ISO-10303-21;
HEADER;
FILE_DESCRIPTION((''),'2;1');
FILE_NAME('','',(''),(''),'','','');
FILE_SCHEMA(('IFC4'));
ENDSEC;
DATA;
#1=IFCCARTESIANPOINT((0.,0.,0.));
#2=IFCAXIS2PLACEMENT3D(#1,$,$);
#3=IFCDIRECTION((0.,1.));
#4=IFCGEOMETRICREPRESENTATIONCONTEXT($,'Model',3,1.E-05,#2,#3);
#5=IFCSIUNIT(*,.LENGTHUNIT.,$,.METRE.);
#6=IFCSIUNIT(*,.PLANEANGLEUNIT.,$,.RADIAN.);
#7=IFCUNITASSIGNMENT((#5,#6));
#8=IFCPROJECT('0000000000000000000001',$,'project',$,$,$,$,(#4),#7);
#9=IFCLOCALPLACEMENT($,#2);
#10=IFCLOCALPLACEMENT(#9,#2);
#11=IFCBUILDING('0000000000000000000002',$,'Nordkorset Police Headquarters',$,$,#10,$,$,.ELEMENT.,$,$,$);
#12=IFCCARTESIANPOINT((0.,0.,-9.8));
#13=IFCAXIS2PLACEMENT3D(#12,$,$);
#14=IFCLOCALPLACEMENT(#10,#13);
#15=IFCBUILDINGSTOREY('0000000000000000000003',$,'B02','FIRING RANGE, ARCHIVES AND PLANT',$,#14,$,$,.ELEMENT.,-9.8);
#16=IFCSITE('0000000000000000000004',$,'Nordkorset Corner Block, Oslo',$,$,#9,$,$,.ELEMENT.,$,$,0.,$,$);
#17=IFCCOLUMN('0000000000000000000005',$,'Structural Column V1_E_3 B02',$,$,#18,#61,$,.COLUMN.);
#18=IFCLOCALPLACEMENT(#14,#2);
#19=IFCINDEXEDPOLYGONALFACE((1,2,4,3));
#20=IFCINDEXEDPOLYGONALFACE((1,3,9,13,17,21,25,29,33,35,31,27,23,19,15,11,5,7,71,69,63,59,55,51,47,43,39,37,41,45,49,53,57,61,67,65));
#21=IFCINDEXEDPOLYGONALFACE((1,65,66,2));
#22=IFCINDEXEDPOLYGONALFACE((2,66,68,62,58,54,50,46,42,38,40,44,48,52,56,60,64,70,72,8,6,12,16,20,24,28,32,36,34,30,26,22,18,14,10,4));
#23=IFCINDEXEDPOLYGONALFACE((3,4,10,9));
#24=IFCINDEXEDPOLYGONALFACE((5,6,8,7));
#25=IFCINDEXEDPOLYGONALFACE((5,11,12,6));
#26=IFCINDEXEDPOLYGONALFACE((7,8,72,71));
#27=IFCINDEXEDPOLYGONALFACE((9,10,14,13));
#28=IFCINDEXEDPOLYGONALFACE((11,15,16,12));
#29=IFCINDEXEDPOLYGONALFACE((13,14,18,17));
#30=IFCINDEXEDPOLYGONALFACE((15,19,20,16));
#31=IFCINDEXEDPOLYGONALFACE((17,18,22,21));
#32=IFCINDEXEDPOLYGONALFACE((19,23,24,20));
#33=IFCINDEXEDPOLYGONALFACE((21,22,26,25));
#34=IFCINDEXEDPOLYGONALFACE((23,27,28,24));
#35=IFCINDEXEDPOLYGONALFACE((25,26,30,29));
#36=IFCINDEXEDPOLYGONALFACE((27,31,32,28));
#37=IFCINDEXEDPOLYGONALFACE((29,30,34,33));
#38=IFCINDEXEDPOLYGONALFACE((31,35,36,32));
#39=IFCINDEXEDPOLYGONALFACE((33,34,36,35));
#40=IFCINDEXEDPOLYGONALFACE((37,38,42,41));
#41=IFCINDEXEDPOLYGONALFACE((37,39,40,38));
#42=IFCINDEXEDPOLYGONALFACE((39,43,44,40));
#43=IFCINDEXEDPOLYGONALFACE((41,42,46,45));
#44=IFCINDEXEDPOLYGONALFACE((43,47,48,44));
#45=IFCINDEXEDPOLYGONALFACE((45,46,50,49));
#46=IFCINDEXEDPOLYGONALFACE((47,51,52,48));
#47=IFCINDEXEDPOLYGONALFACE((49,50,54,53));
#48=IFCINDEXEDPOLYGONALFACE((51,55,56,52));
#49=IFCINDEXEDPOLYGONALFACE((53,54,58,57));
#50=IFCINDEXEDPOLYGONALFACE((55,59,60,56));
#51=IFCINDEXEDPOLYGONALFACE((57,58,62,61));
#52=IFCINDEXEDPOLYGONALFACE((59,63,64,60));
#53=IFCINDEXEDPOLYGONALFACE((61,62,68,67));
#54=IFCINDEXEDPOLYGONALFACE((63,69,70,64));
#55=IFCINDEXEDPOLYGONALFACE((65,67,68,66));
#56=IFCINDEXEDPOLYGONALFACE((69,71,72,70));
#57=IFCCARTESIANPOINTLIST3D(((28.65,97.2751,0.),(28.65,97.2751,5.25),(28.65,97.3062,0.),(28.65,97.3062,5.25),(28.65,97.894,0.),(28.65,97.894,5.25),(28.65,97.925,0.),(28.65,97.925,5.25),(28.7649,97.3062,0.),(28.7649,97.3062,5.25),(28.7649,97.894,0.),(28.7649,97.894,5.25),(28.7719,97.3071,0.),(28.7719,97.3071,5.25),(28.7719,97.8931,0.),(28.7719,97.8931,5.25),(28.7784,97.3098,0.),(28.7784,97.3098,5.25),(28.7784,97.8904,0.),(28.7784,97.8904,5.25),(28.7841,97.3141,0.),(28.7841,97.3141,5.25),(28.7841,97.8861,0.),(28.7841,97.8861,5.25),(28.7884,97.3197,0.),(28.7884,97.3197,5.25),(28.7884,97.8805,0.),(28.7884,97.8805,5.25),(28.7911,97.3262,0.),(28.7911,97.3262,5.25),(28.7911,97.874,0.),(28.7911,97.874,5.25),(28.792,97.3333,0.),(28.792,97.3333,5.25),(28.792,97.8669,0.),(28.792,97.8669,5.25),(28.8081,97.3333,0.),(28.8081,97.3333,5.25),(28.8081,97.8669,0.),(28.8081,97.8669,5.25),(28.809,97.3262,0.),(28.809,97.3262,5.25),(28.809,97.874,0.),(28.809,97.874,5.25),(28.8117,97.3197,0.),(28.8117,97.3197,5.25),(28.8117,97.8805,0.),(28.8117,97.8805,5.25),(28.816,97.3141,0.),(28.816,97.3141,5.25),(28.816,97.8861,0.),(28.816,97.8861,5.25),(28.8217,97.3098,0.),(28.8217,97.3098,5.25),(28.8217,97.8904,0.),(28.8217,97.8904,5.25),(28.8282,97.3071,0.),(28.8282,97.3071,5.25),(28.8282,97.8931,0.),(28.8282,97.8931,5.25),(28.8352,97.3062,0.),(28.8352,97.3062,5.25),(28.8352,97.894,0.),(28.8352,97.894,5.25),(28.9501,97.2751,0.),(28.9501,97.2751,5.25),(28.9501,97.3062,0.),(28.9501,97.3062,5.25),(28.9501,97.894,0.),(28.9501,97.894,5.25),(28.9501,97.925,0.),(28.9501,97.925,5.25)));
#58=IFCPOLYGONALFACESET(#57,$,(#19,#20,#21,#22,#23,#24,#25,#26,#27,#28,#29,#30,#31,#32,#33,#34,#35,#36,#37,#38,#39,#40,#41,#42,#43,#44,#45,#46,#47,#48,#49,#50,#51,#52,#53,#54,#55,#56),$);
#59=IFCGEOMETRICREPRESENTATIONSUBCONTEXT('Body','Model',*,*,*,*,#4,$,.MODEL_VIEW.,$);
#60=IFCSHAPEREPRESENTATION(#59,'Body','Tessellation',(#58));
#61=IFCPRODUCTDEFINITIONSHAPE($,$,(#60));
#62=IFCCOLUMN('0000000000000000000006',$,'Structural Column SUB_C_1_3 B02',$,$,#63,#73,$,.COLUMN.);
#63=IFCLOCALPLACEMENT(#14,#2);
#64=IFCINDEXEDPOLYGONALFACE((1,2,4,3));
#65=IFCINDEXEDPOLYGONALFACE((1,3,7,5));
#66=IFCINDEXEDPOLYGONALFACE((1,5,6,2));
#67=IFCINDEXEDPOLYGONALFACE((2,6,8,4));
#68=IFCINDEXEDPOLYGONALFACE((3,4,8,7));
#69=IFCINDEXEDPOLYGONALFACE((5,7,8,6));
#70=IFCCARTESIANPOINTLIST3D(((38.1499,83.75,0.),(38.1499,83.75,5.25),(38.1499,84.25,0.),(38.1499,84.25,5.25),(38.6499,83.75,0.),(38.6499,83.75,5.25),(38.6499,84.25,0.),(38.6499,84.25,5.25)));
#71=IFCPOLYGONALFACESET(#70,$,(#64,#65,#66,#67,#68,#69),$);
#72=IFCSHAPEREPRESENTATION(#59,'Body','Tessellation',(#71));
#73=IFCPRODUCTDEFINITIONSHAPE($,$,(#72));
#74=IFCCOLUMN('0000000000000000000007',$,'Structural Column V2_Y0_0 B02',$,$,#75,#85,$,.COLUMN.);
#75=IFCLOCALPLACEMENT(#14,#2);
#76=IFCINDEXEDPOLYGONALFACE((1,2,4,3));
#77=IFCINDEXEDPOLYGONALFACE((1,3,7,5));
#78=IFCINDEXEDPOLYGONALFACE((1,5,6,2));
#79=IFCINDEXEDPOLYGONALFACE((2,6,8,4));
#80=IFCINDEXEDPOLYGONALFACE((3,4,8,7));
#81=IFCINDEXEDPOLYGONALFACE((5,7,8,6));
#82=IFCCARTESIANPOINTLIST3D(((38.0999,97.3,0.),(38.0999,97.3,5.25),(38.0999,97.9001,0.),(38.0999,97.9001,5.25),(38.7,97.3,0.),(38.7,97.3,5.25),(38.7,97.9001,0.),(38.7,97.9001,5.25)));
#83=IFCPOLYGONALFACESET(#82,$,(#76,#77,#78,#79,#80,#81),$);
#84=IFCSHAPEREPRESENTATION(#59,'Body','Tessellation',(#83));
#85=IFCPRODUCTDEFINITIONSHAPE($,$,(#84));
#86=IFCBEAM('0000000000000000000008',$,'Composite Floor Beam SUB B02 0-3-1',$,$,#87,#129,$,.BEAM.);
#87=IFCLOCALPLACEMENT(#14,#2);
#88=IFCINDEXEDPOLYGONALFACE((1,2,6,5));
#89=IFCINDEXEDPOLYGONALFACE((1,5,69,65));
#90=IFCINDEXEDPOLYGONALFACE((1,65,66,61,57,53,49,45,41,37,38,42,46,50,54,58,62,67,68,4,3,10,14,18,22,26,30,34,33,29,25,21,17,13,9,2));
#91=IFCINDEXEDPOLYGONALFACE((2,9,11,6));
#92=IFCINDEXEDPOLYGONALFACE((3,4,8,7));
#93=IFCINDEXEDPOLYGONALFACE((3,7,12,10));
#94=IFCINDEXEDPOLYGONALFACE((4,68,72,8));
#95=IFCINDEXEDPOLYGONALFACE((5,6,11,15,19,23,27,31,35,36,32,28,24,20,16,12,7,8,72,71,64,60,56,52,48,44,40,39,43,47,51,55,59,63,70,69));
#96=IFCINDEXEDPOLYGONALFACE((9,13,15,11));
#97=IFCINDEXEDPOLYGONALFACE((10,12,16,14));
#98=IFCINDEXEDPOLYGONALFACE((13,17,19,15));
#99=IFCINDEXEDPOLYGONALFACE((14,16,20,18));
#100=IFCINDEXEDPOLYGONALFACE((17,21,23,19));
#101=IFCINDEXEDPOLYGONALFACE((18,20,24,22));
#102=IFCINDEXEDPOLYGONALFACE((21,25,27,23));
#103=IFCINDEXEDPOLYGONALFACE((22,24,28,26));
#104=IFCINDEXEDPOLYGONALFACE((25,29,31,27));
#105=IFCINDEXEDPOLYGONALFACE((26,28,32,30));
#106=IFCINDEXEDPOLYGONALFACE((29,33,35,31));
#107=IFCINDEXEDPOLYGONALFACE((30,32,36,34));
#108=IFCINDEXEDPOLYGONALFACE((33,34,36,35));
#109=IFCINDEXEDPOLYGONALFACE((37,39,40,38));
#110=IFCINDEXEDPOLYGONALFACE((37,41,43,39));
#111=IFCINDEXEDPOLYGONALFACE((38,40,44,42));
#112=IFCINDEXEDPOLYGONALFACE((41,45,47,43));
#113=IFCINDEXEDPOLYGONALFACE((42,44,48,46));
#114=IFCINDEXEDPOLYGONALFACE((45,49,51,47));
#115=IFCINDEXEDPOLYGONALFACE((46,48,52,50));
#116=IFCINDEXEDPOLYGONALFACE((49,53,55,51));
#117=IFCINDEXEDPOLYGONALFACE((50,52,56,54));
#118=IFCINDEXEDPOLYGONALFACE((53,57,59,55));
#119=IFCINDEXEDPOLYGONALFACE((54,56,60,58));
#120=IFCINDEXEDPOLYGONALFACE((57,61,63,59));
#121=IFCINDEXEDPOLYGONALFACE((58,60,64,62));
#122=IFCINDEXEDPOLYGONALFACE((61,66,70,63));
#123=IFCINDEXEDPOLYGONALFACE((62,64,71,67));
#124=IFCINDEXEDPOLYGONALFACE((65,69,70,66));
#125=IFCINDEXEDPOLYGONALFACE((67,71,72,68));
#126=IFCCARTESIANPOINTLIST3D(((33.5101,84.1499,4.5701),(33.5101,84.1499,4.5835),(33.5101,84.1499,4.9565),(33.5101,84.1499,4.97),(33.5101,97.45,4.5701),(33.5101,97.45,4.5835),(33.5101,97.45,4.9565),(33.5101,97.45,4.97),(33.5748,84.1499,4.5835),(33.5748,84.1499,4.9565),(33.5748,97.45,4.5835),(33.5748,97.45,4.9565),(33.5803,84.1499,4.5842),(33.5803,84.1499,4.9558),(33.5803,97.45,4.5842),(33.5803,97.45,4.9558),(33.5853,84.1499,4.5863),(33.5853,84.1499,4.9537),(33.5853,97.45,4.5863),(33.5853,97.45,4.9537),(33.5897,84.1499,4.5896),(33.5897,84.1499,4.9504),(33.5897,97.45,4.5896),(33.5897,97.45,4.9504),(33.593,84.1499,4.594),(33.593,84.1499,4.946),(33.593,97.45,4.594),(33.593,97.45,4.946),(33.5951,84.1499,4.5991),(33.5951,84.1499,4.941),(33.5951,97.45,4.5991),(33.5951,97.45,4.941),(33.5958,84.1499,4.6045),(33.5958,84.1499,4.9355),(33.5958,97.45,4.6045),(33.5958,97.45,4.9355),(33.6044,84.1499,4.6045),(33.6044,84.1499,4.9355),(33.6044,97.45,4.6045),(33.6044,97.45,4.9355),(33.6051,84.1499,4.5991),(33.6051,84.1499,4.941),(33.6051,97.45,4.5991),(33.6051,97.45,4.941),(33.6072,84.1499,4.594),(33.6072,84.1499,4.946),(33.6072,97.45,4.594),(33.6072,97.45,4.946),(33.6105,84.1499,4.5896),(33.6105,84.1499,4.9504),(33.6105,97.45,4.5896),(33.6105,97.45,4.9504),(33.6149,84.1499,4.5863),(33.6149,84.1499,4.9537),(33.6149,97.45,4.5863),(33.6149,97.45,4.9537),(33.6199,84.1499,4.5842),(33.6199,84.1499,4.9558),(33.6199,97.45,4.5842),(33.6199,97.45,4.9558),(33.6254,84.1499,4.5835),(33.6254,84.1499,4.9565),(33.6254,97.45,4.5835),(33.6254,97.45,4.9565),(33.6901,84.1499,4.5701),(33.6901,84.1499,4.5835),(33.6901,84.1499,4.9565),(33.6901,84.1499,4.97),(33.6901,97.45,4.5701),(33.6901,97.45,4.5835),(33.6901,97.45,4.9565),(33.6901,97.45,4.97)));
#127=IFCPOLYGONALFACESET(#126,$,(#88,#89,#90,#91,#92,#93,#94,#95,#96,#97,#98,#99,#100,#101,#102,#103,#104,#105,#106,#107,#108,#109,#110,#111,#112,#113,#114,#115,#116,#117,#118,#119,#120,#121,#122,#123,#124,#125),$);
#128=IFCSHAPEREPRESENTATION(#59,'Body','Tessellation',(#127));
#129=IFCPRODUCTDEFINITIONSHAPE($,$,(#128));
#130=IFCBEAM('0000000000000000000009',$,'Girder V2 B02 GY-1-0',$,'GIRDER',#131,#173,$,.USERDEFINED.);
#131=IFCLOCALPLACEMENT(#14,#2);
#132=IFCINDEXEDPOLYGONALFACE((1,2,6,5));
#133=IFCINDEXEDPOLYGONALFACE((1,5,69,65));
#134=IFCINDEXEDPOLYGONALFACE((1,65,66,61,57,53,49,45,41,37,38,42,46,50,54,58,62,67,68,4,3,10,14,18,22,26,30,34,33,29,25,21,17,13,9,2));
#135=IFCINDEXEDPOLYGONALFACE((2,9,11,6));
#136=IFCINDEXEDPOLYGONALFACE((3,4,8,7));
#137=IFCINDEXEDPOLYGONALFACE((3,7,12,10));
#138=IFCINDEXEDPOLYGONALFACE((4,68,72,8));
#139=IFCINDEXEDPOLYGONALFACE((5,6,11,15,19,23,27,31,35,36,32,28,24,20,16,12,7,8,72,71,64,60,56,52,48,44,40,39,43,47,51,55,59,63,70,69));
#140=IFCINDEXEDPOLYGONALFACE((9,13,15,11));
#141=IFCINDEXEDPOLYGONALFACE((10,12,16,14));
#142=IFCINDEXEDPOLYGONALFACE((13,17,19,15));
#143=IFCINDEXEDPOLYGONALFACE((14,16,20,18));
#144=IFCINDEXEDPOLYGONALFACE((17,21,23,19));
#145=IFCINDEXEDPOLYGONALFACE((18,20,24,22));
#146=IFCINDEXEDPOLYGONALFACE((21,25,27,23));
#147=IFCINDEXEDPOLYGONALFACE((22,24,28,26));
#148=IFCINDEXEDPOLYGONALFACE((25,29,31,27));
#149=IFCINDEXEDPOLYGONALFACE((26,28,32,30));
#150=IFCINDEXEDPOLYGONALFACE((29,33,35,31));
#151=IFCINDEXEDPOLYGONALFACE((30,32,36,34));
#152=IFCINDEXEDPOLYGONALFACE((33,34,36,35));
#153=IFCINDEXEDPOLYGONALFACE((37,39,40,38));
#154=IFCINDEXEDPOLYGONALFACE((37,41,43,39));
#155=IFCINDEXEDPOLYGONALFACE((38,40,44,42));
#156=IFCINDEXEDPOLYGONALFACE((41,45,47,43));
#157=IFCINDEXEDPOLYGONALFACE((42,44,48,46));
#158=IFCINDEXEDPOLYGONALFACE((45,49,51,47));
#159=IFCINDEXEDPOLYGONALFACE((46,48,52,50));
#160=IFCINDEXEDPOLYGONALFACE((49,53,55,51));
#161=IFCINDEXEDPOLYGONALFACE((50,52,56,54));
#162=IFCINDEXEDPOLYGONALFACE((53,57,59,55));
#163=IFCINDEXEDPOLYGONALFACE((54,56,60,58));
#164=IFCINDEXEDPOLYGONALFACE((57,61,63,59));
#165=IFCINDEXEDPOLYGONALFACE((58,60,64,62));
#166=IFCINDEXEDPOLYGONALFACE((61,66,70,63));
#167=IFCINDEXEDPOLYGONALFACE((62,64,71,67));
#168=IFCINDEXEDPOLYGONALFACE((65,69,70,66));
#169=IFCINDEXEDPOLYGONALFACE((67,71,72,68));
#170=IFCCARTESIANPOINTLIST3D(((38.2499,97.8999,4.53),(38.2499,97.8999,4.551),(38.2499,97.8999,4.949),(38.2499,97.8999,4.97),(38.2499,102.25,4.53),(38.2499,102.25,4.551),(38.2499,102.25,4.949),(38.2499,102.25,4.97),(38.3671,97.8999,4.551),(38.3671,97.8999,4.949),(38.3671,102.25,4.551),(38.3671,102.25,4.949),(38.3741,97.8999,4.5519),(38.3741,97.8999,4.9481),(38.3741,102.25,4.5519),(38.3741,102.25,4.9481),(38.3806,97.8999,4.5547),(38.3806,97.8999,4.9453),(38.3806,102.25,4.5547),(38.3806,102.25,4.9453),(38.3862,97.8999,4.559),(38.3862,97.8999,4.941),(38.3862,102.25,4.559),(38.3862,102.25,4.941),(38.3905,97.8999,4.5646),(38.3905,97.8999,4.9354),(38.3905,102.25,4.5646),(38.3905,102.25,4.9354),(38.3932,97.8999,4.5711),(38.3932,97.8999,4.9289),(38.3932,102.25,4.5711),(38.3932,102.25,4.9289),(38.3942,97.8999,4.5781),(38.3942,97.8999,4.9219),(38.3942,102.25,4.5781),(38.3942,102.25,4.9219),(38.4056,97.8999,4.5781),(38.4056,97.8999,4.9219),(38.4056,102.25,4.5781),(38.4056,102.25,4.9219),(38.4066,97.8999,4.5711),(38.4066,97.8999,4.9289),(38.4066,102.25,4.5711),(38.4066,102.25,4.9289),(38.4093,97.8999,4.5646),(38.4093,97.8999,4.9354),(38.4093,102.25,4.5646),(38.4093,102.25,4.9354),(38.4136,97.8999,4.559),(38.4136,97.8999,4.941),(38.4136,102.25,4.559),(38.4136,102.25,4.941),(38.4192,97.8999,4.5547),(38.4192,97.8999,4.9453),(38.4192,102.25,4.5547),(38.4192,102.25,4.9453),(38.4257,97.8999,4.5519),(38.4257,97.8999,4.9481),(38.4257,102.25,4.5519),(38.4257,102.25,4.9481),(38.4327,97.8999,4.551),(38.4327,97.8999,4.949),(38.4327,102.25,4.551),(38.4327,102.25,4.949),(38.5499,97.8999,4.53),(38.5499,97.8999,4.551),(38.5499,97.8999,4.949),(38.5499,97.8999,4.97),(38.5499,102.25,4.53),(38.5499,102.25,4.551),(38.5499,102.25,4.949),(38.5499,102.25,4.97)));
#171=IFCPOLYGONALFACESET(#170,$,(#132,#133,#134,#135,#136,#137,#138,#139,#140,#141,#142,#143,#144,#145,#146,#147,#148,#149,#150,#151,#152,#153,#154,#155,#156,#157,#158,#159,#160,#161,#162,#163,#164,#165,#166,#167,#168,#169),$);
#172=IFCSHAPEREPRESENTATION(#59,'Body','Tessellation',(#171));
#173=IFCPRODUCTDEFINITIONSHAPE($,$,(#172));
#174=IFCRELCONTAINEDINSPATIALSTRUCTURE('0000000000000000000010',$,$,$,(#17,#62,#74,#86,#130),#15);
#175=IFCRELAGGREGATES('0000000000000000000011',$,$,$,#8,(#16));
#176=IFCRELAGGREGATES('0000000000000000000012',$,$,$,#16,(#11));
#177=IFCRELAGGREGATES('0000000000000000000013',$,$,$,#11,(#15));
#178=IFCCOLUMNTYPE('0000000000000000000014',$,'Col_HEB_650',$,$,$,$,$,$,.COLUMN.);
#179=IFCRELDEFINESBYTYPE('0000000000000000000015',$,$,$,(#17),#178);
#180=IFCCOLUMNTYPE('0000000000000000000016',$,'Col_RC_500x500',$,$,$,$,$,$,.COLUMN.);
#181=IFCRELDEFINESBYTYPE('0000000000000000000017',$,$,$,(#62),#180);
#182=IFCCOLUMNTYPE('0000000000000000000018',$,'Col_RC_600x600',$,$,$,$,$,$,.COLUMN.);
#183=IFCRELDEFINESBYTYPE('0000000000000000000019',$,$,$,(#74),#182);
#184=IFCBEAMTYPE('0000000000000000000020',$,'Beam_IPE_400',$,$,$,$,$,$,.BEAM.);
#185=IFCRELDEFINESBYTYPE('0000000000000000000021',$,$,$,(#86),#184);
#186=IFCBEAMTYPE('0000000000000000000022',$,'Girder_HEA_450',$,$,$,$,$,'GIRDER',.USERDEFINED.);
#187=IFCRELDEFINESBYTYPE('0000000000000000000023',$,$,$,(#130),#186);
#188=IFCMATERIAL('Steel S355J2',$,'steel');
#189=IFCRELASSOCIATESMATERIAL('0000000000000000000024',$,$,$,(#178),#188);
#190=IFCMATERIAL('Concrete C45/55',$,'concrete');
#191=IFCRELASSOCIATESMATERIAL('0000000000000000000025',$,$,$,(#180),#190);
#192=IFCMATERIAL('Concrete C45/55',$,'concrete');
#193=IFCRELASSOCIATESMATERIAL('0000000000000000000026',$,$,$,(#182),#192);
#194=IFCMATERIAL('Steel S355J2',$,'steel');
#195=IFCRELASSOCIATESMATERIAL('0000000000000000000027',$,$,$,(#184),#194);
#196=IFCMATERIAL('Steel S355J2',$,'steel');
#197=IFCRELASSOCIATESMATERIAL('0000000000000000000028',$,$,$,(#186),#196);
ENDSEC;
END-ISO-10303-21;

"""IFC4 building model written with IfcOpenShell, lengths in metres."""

from ifc_helpers import new_model, si_unit, direction, frame, origin, origin_2d, place, context, subcontext, project, spatial, rectangle, i_section, extrude, material, material_profile, profile_set, type_object, element, save


model = new_model("IFC4")

# Units and contexts
model_context = context("Model", 3, precision=1e-05, world=origin(), true_north=direction((0.0, 1.0)))
body_context = subcontext(model_context, "Body", "Model", "MODEL_VIEW")
ifc_project = project(units=[si_unit("LENGTHUNIT", "METRE"), si_unit("PLANEANGLEUNIT", "RADIAN")], contexts=[model_context])

# Site, building, storey
site_placement = place(None, origin())
site = spatial("IfcSite", under=ifc_project, at=site_placement, Name="Nordkorset Corner Block, Oslo", CompositionType="ELEMENT", RefElevation=0.0)
building_placement = place(site_placement, origin())
building = spatial("IfcBuilding", under=site, at=building_placement, Name="Nordkorset Police Headquarters", CompositionType="ELEMENT")
storey_placement = place(building_placement, frame((0.0, 0.0, -9.8)))
storey = spatial("IfcBuildingStorey", under=building, at=storey_placement, Name="B02", Description="FIRING RANGE, ARCHIVES AND PLANT", CompositionType="ELEMENT", Elevation=-9.8)

# Columns
ifc_material_1 = material(Name="Steel S355J2", Category="steel")
ifc_material_profile_1 = material_profile(ifc_material_1, i_section(OverallWidth=0.3, OverallDepth=0.6499, WebThickness=0.0161, FlangeThickness=0.031, FilletRadius=0.0271, at=origin_2d()), Name="HEB 650")
ifc_profile_set_1 = profile_set([ifc_material_profile_1], Name="Steel S355J2")
column_type_1 = type_object("IfcColumnType", Name="Col_HEB_650", PredefinedType="COLUMN", material=ifc_profile_set_1)
for number, where, z_axis, x_axis, name in (
    (1, (28.8, 97.6001, 0.0), (0.0, 0.0, 1.0), (1.0, 0.0, 0.0), "Structural Column V1_E_3 B02"),
):
    element("IfcColumn", number, at=place(storey_placement, frame(where, z_axis=z_axis, x_axis=x_axis)), inside=storey, type_object=column_type_1, Name=name, PredefinedType="COLUMN", context=body_context, shape_type="SweptSolid", body=[
        extrude(i_section(OverallWidth=0.3, OverallDepth=0.6499, WebThickness=0.0161, FlangeThickness=0.031, FilletRadius=0.0271, at=origin_2d()), origin(), (0.0, 0.0, 1.0), 5.25),
    ])
ifc_material_2 = material(Name="Concrete C45/55", Category="concrete")
ifc_material_profile_2 = material_profile(ifc_material_2, rectangle(XDim=0.5, YDim=0.5, at=origin_2d()), Name="RC 500x500")
ifc_profile_set_2 = profile_set([ifc_material_profile_2], Name="Concrete C45/55")
column_type_2 = type_object("IfcColumnType", Name="Col_RC_500x500", PredefinedType="COLUMN", material=ifc_profile_set_2)
column_1_placement = place(storey_placement, frame((38.3999, 84.0, 0.0), z_axis=(0.0, 0.0, 1.0), x_axis=(1.0, 0.0, 0.0)))
element("IfcColumn", 2, at=column_1_placement, inside=storey, type_object=column_type_2, Name="Structural Column SUB_C_1_3 B02", PredefinedType="COLUMN", context=body_context, shape_type="SweptSolid", body=[
    extrude(rectangle(XDim=0.5, YDim=0.5, at=origin_2d()), origin(), (0.0, 0.0, 1.0), 5.25),
])
ifc_material_3 = material(Name="Concrete C45/55", Category="concrete")
ifc_material_profile_3 = material_profile(ifc_material_3, rectangle(XDim=0.6001, YDim=0.6001, at=origin_2d()), Name="RC 600x600")
ifc_profile_set_3 = profile_set([ifc_material_profile_3], Name="Concrete C45/55")
column_type_3 = type_object("IfcColumnType", Name="Col_RC_600x600", PredefinedType="COLUMN", material=ifc_profile_set_3)
column_2_placement = place(storey_placement, frame((38.3999, 97.6001, 0.0), z_axis=(0.0, 0.0, 1.0), x_axis=(1.0, 0.0, 0.0)))
element("IfcColumn", 3, at=column_2_placement, inside=storey, type_object=column_type_3, Name="Structural Column V2_Y0_0 B02", PredefinedType="COLUMN", context=body_context, shape_type="SweptSolid", body=[
    extrude(rectangle(XDim=0.6001, YDim=0.6001, at=origin_2d()), origin(), (0.0, 0.0, 1.0), 5.25),
])

# Beams
ifc_material_4 = material(Name="Steel S355J2", Category="steel")
ifc_material_profile_4 = material_profile(ifc_material_4, i_section(OverallWidth=0.1799, OverallDepth=0.3999, WebThickness=0.0085, FlangeThickness=0.0134, FilletRadius=0.021, at=origin_2d()), Name="IPE 400")
ifc_profile_set_4 = profile_set([ifc_material_profile_4], Name="Steel S355J2")
beam_type_1 = type_object("IfcBeamType", Name="Beam_IPE_400", PredefinedType="BEAM", material=ifc_profile_set_4)
beam_1_placement = place(storey_placement, frame((33.6001, 84.1499, 4.77), z_axis=(0.0, 1.0, 0.0), x_axis=(-1.0, 0.0, 0.0)))
element("IfcBeam", 4, at=beam_1_placement, inside=storey, type_object=beam_type_1, Name="Composite Floor Beam SUB B02 0-3-1", PredefinedType="BEAM", context=body_context, shape_type="SweptSolid", body=[
    extrude(i_section(OverallWidth=0.1799, OverallDepth=0.3999, WebThickness=0.0085, FlangeThickness=0.0134, FilletRadius=0.021, at=origin_2d()), origin(), (0.0, 0.0, 1.0), 13.3),
])
ifc_material_5 = material(Name="Steel S355J2", Category="steel")
ifc_material_profile_5 = material_profile(ifc_material_5, i_section(OverallWidth=0.3, OverallDepth=0.4399, WebThickness=0.0115, FlangeThickness=0.021, FilletRadius=0.0271, at=origin_2d()), Name="HEA 450")
ifc_profile_set_5 = profile_set([ifc_material_profile_5], Name="Steel S355J2")
beam_type_2 = type_object("IfcBeamType", Name="Girder_HEA_450", ElementType="GIRDER", PredefinedType="USERDEFINED", material=ifc_profile_set_5)
beam_2_placement = place(storey_placement, frame((38.3999, 97.8999, 4.75), z_axis=(0.0, 1.0, 0.0), x_axis=(-1.0, 0.0, 0.0)))
element("IfcBeam", 5, at=beam_2_placement, inside=storey, type_object=beam_type_2, Name="Girder V2 B02 GY-1-0", ObjectType="GIRDER", PredefinedType="USERDEFINED", context=body_context, shape_type="SweptSolid", body=[
    extrude(i_section(OverallWidth=0.3, OverallDepth=0.4399, WebThickness=0.0115, FlangeThickness=0.021, FilletRadius=0.0271, at=origin_2d()), origin(), (0.0, 0.0, 1.0), 4.3501),
])

save(model, "model.ifc")
